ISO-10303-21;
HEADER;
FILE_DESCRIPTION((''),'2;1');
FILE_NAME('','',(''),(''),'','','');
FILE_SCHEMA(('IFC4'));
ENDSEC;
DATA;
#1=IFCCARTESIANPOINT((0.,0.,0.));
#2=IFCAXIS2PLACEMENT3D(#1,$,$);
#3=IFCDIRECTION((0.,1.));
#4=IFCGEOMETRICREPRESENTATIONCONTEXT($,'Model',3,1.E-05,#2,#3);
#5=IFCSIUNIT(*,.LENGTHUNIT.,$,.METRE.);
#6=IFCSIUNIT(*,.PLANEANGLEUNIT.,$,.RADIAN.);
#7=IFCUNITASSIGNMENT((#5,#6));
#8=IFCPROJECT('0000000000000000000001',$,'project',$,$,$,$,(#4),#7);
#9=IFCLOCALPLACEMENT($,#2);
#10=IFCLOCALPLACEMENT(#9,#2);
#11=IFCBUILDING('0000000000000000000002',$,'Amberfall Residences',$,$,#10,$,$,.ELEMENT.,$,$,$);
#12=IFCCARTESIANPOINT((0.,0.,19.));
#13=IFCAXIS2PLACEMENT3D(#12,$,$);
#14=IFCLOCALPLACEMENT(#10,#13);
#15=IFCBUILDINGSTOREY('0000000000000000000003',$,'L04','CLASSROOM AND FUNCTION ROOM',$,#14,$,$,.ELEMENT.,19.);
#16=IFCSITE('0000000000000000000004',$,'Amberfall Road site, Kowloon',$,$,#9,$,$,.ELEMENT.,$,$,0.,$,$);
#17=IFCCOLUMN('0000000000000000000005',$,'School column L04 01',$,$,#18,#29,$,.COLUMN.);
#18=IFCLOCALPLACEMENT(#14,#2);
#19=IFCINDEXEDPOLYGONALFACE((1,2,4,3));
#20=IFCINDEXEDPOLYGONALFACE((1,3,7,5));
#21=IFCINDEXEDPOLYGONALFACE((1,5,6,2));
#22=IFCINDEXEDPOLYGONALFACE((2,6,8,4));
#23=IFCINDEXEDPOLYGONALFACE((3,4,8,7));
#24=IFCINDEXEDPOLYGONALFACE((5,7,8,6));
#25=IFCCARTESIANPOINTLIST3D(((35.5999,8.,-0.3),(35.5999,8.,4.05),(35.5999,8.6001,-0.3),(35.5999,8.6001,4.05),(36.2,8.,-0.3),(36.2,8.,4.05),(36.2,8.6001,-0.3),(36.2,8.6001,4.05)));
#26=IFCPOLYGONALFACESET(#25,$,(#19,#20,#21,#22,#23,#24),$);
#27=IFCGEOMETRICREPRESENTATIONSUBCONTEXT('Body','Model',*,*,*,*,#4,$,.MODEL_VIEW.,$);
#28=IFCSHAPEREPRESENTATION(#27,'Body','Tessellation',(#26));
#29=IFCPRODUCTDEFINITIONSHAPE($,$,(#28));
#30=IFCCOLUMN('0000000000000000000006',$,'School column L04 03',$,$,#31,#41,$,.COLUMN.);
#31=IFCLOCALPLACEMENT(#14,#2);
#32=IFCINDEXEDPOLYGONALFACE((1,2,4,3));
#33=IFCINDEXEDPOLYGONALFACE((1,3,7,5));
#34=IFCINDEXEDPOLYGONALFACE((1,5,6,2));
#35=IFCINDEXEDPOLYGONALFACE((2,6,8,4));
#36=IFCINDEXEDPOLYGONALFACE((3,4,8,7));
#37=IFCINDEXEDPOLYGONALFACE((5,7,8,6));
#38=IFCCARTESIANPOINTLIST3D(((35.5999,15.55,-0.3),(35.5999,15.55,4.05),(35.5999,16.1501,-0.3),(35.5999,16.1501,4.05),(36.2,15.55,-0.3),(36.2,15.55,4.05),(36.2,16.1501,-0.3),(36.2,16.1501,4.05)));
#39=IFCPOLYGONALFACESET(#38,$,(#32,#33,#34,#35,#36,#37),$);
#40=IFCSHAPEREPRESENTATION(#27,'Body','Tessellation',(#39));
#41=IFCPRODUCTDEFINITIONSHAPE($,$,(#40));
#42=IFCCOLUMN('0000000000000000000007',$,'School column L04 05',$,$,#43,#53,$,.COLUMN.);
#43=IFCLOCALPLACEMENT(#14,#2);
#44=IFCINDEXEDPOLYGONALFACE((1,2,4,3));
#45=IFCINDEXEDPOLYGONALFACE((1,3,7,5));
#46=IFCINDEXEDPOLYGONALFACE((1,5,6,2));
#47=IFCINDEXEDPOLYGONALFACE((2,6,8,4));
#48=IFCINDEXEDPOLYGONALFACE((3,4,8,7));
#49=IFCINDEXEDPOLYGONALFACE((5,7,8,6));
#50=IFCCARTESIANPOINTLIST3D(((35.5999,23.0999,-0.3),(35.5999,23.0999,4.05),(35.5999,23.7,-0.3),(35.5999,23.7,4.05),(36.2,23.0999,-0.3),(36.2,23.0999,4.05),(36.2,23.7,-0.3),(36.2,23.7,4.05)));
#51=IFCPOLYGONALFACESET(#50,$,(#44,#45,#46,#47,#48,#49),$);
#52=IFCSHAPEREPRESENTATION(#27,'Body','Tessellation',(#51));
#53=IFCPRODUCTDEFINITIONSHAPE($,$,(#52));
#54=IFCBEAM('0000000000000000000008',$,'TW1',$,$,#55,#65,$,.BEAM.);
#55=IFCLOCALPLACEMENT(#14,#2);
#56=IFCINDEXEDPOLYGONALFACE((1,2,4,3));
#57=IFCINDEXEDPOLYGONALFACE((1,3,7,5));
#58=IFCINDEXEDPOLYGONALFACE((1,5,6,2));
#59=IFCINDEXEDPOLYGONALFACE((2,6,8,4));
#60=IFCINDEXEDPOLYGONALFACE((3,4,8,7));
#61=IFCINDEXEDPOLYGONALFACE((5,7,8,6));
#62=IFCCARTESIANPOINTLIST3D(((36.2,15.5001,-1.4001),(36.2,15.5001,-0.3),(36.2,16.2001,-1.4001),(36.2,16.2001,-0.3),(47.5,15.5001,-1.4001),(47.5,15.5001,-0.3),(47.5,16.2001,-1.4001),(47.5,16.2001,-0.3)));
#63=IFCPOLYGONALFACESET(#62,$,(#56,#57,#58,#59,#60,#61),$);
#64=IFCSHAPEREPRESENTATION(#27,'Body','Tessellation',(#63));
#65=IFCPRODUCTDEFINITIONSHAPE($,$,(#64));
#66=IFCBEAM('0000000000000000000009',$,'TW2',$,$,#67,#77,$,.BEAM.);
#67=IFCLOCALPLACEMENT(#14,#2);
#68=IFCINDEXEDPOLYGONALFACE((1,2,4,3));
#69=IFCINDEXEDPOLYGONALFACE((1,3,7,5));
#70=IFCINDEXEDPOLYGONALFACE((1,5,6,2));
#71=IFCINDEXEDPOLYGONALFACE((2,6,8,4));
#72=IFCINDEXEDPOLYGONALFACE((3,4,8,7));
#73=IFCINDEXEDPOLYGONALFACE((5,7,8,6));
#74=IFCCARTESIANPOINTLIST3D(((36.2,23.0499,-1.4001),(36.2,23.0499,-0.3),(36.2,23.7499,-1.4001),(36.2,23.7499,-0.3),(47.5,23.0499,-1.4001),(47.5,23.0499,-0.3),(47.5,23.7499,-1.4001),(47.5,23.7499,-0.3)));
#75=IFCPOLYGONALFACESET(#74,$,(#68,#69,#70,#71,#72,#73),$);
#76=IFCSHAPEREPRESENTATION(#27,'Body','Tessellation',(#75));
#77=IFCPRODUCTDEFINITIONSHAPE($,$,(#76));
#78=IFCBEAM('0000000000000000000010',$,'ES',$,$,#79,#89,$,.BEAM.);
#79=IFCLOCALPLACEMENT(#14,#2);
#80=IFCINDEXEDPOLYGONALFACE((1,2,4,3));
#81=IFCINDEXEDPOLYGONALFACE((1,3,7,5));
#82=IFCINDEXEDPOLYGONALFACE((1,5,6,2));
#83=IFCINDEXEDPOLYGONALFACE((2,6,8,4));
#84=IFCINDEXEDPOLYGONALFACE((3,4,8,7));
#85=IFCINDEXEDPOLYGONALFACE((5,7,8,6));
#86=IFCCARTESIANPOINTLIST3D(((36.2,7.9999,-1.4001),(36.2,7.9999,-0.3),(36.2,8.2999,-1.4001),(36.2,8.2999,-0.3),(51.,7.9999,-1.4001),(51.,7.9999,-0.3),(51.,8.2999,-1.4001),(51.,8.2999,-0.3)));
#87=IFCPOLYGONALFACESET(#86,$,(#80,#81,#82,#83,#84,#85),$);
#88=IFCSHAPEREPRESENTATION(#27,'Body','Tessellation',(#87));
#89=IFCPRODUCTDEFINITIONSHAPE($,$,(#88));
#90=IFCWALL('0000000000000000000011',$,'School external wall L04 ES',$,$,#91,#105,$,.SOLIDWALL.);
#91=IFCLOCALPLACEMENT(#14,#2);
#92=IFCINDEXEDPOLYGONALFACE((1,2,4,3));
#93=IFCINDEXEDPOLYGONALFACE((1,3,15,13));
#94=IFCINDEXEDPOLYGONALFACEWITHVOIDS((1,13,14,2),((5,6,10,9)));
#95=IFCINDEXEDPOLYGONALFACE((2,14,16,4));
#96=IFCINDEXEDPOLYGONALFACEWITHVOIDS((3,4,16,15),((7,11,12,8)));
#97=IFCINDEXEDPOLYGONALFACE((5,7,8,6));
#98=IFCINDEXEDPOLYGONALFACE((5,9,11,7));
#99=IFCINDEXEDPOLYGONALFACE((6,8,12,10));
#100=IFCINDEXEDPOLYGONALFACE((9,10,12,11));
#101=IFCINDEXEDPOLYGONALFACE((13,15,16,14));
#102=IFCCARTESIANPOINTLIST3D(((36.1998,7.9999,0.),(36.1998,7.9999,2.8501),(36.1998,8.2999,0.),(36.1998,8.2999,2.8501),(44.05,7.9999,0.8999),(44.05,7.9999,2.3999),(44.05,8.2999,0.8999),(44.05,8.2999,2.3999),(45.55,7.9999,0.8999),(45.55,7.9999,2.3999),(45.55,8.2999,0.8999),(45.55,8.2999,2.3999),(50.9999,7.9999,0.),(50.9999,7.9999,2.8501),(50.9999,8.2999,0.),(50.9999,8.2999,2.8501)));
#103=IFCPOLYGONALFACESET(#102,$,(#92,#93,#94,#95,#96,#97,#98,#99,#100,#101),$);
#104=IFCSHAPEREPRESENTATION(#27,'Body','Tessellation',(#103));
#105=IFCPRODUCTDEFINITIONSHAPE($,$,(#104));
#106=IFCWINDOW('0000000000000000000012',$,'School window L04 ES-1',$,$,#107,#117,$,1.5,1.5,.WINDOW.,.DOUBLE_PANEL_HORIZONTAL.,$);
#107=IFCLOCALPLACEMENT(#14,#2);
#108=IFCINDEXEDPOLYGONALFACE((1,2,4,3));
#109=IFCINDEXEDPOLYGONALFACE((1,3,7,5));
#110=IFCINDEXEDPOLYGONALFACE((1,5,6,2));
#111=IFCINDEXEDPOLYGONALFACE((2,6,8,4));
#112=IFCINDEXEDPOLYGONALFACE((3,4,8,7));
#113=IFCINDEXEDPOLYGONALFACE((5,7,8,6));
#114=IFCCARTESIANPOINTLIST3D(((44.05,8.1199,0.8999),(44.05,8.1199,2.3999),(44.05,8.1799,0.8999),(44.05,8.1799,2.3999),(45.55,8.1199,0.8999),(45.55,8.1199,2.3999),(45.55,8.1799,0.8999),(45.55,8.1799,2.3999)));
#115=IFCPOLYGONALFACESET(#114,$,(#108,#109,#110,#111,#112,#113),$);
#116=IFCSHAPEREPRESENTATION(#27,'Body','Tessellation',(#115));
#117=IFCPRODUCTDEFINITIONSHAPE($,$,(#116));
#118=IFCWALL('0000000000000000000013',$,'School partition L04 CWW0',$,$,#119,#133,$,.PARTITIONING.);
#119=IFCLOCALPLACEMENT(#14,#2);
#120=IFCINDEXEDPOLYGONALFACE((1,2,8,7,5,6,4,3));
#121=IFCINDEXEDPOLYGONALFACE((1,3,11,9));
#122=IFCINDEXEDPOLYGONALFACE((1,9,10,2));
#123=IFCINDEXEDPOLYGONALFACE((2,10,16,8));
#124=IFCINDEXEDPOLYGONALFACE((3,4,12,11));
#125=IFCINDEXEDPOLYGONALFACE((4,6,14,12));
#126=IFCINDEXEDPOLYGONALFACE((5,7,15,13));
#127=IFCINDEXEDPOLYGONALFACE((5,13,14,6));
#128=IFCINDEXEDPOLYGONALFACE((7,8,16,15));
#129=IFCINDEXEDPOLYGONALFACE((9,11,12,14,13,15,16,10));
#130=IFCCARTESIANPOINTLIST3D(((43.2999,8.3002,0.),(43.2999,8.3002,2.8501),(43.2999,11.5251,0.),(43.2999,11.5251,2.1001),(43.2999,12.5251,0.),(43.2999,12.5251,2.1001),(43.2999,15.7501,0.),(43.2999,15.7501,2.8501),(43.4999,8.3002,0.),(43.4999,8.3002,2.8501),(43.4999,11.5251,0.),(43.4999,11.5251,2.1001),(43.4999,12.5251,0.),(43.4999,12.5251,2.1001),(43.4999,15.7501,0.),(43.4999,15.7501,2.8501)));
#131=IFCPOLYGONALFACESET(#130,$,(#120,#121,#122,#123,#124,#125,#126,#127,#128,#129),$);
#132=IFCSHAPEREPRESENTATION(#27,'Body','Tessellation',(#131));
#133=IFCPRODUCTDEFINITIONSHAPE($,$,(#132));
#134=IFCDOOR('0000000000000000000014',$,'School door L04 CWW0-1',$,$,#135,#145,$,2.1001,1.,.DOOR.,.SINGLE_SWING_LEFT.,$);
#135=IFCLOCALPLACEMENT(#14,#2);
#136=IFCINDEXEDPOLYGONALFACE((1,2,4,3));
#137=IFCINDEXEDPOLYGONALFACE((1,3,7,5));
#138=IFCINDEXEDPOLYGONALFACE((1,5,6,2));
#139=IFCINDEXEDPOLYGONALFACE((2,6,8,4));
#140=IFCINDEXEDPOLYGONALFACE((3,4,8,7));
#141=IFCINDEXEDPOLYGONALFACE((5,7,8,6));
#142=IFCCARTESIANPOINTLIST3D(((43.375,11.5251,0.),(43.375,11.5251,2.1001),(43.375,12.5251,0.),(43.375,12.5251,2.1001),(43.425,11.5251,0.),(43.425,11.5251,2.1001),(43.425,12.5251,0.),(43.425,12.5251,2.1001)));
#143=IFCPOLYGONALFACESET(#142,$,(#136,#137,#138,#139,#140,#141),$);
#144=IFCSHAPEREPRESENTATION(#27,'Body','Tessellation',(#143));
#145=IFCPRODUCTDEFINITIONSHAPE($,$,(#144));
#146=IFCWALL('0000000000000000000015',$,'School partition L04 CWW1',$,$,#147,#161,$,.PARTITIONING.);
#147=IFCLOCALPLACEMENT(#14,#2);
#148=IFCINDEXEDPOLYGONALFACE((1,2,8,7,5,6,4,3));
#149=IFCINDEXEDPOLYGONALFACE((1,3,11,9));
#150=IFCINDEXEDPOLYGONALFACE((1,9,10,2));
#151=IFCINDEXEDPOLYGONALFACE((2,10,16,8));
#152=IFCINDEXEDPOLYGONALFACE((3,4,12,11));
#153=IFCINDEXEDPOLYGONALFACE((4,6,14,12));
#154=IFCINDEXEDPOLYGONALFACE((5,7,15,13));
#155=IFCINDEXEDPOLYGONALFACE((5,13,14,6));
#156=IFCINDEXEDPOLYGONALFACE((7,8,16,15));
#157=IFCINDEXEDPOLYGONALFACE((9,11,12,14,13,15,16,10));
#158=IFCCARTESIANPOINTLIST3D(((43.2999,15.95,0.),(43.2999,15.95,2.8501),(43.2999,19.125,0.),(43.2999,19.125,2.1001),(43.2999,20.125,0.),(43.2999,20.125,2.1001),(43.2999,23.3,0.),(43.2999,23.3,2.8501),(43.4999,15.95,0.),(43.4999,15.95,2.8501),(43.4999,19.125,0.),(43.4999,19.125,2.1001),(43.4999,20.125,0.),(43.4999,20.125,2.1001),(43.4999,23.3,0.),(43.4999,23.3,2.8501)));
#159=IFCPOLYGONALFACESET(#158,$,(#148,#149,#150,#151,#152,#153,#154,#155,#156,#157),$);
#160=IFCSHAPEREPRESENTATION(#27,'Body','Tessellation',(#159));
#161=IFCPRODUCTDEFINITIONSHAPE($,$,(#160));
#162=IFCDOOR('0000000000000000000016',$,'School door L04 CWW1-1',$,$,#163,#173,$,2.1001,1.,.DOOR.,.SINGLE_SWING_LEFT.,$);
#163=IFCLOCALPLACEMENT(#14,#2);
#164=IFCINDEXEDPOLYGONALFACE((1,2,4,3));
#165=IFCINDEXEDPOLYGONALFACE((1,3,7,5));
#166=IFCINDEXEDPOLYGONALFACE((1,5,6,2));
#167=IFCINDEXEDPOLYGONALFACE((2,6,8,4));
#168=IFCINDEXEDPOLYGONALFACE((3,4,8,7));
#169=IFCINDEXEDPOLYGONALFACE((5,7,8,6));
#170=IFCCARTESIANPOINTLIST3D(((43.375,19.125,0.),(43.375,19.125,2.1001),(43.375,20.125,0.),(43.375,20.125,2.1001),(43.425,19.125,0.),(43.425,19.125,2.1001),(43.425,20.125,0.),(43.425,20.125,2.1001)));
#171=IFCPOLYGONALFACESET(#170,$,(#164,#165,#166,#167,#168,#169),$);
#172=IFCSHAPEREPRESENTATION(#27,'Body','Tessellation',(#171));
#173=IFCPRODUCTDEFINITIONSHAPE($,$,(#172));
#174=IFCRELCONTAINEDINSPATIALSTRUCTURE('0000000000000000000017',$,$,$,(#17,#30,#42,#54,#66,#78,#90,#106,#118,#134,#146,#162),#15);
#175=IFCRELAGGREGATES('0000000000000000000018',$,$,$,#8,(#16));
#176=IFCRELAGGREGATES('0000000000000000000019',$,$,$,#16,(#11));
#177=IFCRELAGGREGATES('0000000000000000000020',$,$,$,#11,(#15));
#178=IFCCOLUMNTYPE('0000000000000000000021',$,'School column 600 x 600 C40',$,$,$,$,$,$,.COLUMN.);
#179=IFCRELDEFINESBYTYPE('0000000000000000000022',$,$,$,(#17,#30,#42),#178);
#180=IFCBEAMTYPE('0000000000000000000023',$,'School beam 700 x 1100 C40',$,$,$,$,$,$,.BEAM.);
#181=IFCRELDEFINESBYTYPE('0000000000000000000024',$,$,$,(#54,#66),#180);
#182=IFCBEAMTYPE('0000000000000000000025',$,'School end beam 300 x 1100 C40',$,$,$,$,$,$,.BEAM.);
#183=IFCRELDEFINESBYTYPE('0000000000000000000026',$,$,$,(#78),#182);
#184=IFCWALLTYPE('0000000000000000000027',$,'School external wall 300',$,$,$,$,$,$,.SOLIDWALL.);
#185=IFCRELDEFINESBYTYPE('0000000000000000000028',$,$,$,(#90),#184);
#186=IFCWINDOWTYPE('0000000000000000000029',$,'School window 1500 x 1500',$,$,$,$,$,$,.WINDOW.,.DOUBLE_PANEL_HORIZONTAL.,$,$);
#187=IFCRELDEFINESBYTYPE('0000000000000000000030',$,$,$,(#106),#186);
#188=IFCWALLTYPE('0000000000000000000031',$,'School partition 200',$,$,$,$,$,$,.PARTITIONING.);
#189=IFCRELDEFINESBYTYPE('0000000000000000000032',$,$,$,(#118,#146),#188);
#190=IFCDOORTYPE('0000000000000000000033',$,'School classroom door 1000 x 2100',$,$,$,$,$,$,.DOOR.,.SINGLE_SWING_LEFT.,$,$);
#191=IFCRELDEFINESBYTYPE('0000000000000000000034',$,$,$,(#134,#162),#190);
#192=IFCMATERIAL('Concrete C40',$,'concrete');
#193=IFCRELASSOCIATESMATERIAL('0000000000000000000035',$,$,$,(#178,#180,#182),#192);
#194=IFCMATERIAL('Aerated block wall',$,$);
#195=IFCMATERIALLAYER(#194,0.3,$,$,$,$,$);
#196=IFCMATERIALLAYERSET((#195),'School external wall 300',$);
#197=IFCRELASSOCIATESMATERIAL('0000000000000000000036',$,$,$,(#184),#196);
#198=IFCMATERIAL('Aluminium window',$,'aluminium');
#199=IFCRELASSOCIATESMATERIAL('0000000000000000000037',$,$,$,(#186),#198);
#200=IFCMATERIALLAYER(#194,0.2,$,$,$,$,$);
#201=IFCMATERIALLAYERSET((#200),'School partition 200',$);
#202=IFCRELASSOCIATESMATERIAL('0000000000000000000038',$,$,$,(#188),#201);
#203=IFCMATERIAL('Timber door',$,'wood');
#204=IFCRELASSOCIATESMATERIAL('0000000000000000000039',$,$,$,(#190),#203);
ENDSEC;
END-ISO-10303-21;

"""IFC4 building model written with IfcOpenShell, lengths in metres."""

from ifc_helpers import new_model, si_unit, direction, frame, frame_2d, origin, origin_2d, place, context, subcontext, project, spatial, rectangle, extrude, material, layer, layer_set, material_profile, profile_set, type_object, element, fill, save


model = new_model("IFC4")

# Units and contexts
model_context = context("Model", 3, precision=1e-05, world=origin(), true_north=direction((0.0, 1.0)))
body_context = subcontext(model_context, "Body", "Model", "MODEL_VIEW")
ifc_project = project(units=[si_unit("LENGTHUNIT", "METRE"), si_unit("PLANEANGLEUNIT", "RADIAN")], contexts=[model_context])

# Site, building, storey
site_placement = place(None, origin())
site = spatial("IfcSite", under=ifc_project, at=site_placement, Name="Amberfall Road site, Kowloon", CompositionType="ELEMENT", RefElevation=0.0)
building_placement = place(site_placement, origin())
building = spatial("IfcBuilding", under=site, at=building_placement, Name="Amberfall Residences", CompositionType="ELEMENT")
storey_placement = place(building_placement, frame((0.0, 0.0, 19.0)))
storey = spatial("IfcBuildingStorey", under=building, at=storey_placement, Name="L04", Description="CLASSROOM AND FUNCTION ROOM", CompositionType="ELEMENT", Elevation=19.0)

# Columns
ifc_material_1 = material(Name="Concrete C40", Category="concrete")
ifc_material_profile_1 = material_profile(ifc_material_1, rectangle(XDim=0.6001, YDim=0.6001, at=origin_2d()), Name="School column 600 x 600 C40")
ifc_profile_set_1 = profile_set([ifc_material_profile_1], Name="Concrete C40")
column_type = type_object("IfcColumnType", Name="School column 600 x 600 C40", PredefinedType="COLUMN", material=ifc_profile_set_1)
for number, where, z_axis, x_axis, name in (
    (1, (35.8999, 8.3, -0.3), (0.0, 0.0, 1.0), (1.0, 0.0, 0.0), "School column L04 01"),
    (2, (35.8999, 15.8501, -0.3), (0.0, 0.0, 1.0), (1.0, 0.0, 0.0), "School column L04 03"),
    (3, (35.8999, 23.3999, -0.3), (0.0, 0.0, 1.0), (1.0, 0.0, 0.0), "School column L04 05"),
):
    element("IfcColumn", number, at=place(storey_placement, frame(where, z_axis=z_axis, x_axis=x_axis)), inside=storey, type_object=column_type, Name=name, PredefinedType="COLUMN", context=body_context, shape_type="SweptSolid", body=[
        extrude(rectangle(XDim=0.6001, YDim=0.6001, at=origin_2d()), origin(), (0.0, 0.0, 1.0), 4.3501),
    ])

# Beams
ifc_material_profile_2 = material_profile(ifc_material_1, rectangle(XDim=0.7, YDim=1.1001, at=origin_2d()), Name="School beam 700 x 1100 C40")
ifc_profile_set_2 = profile_set([ifc_material_profile_2], Name="Concrete C40")
beam_type_1 = type_object("IfcBeamType", Name="School beam 700 x 1100 C40", PredefinedType="BEAM", material=ifc_profile_set_2)
for number, where, z_axis, x_axis, name in (
    (4, (36.2, 15.8501, -0.8501), (1.0, 0.0, 0.0), (0.0, 1.0, 0.0), "TW1"),
    (5, (36.2, 23.3999, -0.8501), (1.0, 0.0, 0.0), (0.0, 1.0, 0.0), "TW2"),
):
    element("IfcBeam", number, at=place(storey_placement, frame(where, z_axis=z_axis, x_axis=x_axis)), inside=storey, type_object=beam_type_1, Name=name, PredefinedType="BEAM", context=body_context, shape_type="SweptSolid", body=[
        extrude(rectangle(XDim=0.7, YDim=1.1001, at=origin_2d()), origin(), (0.0, 0.0, 1.0), 11.3),
    ])
ifc_material_profile_3 = material_profile(ifc_material_1, rectangle(XDim=0.3, YDim=1.1001, at=origin_2d()), Name="School end beam 300 x 1100 C40")
ifc_profile_set_3 = profile_set([ifc_material_profile_3], Name="Concrete C40")
beam_type_2 = type_object("IfcBeamType", Name="School end beam 300 x 1100 C40", PredefinedType="BEAM", material=ifc_profile_set_3)
beam_placement = place(storey_placement, frame((36.2, 8.1499, -0.8501), z_axis=(1.0, 0.0, 0.0), x_axis=(0.0, 1.0, 0.0)))
element("IfcBeam", 6, at=beam_placement, inside=storey, type_object=beam_type_2, Name="ES", PredefinedType="BEAM", context=body_context, shape_type="SweptSolid", body=[
    extrude(rectangle(XDim=0.3, YDim=1.1001, at=origin_2d()), origin(), (0.0, 0.0, 1.0), 14.8),
])

# Wall, opening, window
ifc_material_2 = material(Name="Aerated block wall")
ifc_layer_1 = layer(ifc_material_2, 0.3)
ifc_layer_set_1 = layer_set([ifc_layer_1], Name="School external wall 300")
wall_type_1 = type_object("IfcWallType", Name="School external wall 300", PredefinedType="SOLIDWALL", material=ifc_layer_set_1)
wall_1_placement = place(storey_placement, frame((36.2, 8.1499, 0.0), z_axis=(0.0, 0.0, 1.0), x_axis=(1.0, 0.0, 0.0)))
wall_1 = element("IfcWall", 7, at=wall_1_placement, inside=storey, type_object=wall_type_1, Name="School external wall L04 ES", PredefinedType="SOLIDWALL", context=body_context, shape_type="SweptSolid", body=[
    extrude(rectangle(XDim=14.8, YDim=0.3, at=frame_2d((7.3999, 0.0))), origin(), (0.0, 0.0, 1.0), 2.8501),
])
opening_1_placement = place(wall_1_placement, frame((7.8501, 0.0, 0.8999)))
opening_1 = element("IfcOpeningElement", 8, at=opening_1_placement, cuts=wall_1, PredefinedType="OPENING", context=body_context, shape_type="SweptSolid", body=[
    extrude(rectangle(XDim=1.5, YDim=1.5, at=frame_2d((0.75, 0.75))), frame((0.0, 0.1599, 0.0), z_axis=(0.0, -1.0, 0.0), x_axis=(1.0, 0.0, 0.0)), (0.0, 0.0, 1.0), 0.3201),
])
ifc_material_3 = material(Name="Aluminium window", Category="aluminium")
window_type = type_object("IfcWindowType", Name="School window 1500 x 1500", PartitioningType="DOUBLE_PANEL_HORIZONTAL", PredefinedType="WINDOW", material=ifc_material_3)
window_placement = place(opening_1_placement, origin())
window = element("IfcWindow", 9, at=window_placement, inside=storey, type_object=window_type, Name="School window L04 ES-1", OverallHeight=1.5, OverallWidth=1.5, PartitioningType="DOUBLE_PANEL_HORIZONTAL", PredefinedType="WINDOW", context=body_context, shape_type="SweptSolid", body=[
    extrude(rectangle(XDim=1.5, YDim=1.5, at=frame_2d((0.75, 0.75))), frame((0.0, 0.03, 0.0), z_axis=(0.0, -1.0, 0.0), x_axis=(1.0, 0.0, 0.0)), (0.0, 0.0, 1.0), 0.0601),
])
fill(opening_1, window)

# Walls, openings, doors
ifc_layer_2 = layer(ifc_material_2, 0.2)
ifc_layer_set_2 = layer_set([ifc_layer_2], Name="School partition 200")
wall_type_2 = type_object("IfcWallType", Name="School partition 200", PredefinedType="PARTITIONING", material=ifc_layer_set_2)
wall_2_placement = place(storey_placement, frame((43.3999, 8.3, 0.0), z_axis=(0.0, 0.0, 1.0), x_axis=(0.0, 1.0, 0.0)))
wall_2 = element("IfcWall", 10, at=wall_2_placement, inside=storey, type_object=wall_type_2, Name="School partition L04 CWW0", PredefinedType="PARTITIONING", context=body_context, shape_type="SweptSolid", body=[
    extrude(rectangle(XDim=7.45, YDim=0.2, at=frame_2d((3.7251, 0.0))), origin(), (0.0, 0.0, 1.0), 2.8501),
])
opening_2_placement = place(wall_2_placement, frame((3.2251, 0.0, 0.0)))
opening_2 = element("IfcOpeningElement", 11, at=opening_2_placement, cuts=wall_2, PredefinedType="OPENING", context=body_context, shape_type="SweptSolid", body=[
    extrude(rectangle(XDim=1.0, YDim=2.1001, at=frame_2d((0.5, 1.05))), frame((0.0, 0.1099, 0.0), z_axis=(0.0, -1.0, 0.0), x_axis=(1.0, 0.0, 0.0)), (0.0, 0.0, 1.0), 0.22),
])
ifc_material_4 = material(Name="Timber door", Category="wood")
door_type_1 = type_object("IfcDoorType", Name="School classroom door 1000 x 2100", OperationType="SINGLE_SWING_LEFT", PredefinedType="DOOR", material=ifc_material_4)
door_1_placement = place(opening_2_placement, origin())
door_1 = element("IfcDoor", 12, at=door_1_placement, inside=storey, type_object=door_type_1, Name="School door L04 CWW0-1", OperationType="SINGLE_SWING_LEFT", OverallHeight=2.1001, OverallWidth=1.0, PredefinedType="DOOR", context=body_context, shape_type="SweptSolid", body=[
    extrude(rectangle(XDim=1.0, YDim=2.1001, at=frame_2d((0.5, 1.05))), frame((0.0, 0.0249, 0.0), z_axis=(0.0, -1.0, 0.0), x_axis=(1.0, 0.0, 0.0)), (0.0, 0.0, 1.0), 0.05),
])
fill(opening_2, door_1)
wall_3_placement = place(storey_placement, frame((43.3999, 15.95, 0.0), z_axis=(0.0, 0.0, 1.0), x_axis=(0.0, 1.0, 0.0)))
wall_3 = element("IfcWall", 13, at=wall_3_placement, inside=storey, type_object=wall_type_2, Name="School partition L04 CWW1", PredefinedType="PARTITIONING", context=body_context, shape_type="SweptSolid", body=[
    extrude(rectangle(XDim=7.3501, YDim=0.2, at=frame_2d((3.675, 0.0))), origin(), (0.0, 0.0, 1.0), 2.8501),
])
opening_3_placement = place(wall_3_placement, frame((3.175, 0.0, 0.0)))
opening_3 = element("IfcOpeningElement", 14, at=opening_3_placement, cuts=wall_3, PredefinedType="OPENING", context=body_context, shape_type="SweptSolid", body=[
    extrude(rectangle(XDim=1.0, YDim=2.1001, at=frame_2d((0.5, 1.05))), frame((0.0, 0.1099, 0.0), z_axis=(0.0, -1.0, 0.0), x_axis=(1.0, 0.0, 0.0)), (0.0, 0.0, 1.0), 0.22),
])
door_2_placement = place(opening_3_placement, origin())
door_2 = element("IfcDoor", 15, at=door_2_placement, inside=storey, type_object=door_type_1, Name="School door L04 CWW1-1", OperationType="SINGLE_SWING_LEFT", OverallHeight=2.1001, OverallWidth=1.0, PredefinedType="DOOR", context=body_context, shape_type="SweptSolid", body=[
    extrude(rectangle(XDim=1.0, YDim=2.1001, at=frame_2d((0.5, 1.05))), frame((0.0, 0.0249, 0.0), z_axis=(0.0, -1.0, 0.0), x_axis=(1.0, 0.0, 0.0)), (0.0, 0.0, 1.0), 0.05),
])
fill(opening_3, door_2)

save(model, "model.ifc")
